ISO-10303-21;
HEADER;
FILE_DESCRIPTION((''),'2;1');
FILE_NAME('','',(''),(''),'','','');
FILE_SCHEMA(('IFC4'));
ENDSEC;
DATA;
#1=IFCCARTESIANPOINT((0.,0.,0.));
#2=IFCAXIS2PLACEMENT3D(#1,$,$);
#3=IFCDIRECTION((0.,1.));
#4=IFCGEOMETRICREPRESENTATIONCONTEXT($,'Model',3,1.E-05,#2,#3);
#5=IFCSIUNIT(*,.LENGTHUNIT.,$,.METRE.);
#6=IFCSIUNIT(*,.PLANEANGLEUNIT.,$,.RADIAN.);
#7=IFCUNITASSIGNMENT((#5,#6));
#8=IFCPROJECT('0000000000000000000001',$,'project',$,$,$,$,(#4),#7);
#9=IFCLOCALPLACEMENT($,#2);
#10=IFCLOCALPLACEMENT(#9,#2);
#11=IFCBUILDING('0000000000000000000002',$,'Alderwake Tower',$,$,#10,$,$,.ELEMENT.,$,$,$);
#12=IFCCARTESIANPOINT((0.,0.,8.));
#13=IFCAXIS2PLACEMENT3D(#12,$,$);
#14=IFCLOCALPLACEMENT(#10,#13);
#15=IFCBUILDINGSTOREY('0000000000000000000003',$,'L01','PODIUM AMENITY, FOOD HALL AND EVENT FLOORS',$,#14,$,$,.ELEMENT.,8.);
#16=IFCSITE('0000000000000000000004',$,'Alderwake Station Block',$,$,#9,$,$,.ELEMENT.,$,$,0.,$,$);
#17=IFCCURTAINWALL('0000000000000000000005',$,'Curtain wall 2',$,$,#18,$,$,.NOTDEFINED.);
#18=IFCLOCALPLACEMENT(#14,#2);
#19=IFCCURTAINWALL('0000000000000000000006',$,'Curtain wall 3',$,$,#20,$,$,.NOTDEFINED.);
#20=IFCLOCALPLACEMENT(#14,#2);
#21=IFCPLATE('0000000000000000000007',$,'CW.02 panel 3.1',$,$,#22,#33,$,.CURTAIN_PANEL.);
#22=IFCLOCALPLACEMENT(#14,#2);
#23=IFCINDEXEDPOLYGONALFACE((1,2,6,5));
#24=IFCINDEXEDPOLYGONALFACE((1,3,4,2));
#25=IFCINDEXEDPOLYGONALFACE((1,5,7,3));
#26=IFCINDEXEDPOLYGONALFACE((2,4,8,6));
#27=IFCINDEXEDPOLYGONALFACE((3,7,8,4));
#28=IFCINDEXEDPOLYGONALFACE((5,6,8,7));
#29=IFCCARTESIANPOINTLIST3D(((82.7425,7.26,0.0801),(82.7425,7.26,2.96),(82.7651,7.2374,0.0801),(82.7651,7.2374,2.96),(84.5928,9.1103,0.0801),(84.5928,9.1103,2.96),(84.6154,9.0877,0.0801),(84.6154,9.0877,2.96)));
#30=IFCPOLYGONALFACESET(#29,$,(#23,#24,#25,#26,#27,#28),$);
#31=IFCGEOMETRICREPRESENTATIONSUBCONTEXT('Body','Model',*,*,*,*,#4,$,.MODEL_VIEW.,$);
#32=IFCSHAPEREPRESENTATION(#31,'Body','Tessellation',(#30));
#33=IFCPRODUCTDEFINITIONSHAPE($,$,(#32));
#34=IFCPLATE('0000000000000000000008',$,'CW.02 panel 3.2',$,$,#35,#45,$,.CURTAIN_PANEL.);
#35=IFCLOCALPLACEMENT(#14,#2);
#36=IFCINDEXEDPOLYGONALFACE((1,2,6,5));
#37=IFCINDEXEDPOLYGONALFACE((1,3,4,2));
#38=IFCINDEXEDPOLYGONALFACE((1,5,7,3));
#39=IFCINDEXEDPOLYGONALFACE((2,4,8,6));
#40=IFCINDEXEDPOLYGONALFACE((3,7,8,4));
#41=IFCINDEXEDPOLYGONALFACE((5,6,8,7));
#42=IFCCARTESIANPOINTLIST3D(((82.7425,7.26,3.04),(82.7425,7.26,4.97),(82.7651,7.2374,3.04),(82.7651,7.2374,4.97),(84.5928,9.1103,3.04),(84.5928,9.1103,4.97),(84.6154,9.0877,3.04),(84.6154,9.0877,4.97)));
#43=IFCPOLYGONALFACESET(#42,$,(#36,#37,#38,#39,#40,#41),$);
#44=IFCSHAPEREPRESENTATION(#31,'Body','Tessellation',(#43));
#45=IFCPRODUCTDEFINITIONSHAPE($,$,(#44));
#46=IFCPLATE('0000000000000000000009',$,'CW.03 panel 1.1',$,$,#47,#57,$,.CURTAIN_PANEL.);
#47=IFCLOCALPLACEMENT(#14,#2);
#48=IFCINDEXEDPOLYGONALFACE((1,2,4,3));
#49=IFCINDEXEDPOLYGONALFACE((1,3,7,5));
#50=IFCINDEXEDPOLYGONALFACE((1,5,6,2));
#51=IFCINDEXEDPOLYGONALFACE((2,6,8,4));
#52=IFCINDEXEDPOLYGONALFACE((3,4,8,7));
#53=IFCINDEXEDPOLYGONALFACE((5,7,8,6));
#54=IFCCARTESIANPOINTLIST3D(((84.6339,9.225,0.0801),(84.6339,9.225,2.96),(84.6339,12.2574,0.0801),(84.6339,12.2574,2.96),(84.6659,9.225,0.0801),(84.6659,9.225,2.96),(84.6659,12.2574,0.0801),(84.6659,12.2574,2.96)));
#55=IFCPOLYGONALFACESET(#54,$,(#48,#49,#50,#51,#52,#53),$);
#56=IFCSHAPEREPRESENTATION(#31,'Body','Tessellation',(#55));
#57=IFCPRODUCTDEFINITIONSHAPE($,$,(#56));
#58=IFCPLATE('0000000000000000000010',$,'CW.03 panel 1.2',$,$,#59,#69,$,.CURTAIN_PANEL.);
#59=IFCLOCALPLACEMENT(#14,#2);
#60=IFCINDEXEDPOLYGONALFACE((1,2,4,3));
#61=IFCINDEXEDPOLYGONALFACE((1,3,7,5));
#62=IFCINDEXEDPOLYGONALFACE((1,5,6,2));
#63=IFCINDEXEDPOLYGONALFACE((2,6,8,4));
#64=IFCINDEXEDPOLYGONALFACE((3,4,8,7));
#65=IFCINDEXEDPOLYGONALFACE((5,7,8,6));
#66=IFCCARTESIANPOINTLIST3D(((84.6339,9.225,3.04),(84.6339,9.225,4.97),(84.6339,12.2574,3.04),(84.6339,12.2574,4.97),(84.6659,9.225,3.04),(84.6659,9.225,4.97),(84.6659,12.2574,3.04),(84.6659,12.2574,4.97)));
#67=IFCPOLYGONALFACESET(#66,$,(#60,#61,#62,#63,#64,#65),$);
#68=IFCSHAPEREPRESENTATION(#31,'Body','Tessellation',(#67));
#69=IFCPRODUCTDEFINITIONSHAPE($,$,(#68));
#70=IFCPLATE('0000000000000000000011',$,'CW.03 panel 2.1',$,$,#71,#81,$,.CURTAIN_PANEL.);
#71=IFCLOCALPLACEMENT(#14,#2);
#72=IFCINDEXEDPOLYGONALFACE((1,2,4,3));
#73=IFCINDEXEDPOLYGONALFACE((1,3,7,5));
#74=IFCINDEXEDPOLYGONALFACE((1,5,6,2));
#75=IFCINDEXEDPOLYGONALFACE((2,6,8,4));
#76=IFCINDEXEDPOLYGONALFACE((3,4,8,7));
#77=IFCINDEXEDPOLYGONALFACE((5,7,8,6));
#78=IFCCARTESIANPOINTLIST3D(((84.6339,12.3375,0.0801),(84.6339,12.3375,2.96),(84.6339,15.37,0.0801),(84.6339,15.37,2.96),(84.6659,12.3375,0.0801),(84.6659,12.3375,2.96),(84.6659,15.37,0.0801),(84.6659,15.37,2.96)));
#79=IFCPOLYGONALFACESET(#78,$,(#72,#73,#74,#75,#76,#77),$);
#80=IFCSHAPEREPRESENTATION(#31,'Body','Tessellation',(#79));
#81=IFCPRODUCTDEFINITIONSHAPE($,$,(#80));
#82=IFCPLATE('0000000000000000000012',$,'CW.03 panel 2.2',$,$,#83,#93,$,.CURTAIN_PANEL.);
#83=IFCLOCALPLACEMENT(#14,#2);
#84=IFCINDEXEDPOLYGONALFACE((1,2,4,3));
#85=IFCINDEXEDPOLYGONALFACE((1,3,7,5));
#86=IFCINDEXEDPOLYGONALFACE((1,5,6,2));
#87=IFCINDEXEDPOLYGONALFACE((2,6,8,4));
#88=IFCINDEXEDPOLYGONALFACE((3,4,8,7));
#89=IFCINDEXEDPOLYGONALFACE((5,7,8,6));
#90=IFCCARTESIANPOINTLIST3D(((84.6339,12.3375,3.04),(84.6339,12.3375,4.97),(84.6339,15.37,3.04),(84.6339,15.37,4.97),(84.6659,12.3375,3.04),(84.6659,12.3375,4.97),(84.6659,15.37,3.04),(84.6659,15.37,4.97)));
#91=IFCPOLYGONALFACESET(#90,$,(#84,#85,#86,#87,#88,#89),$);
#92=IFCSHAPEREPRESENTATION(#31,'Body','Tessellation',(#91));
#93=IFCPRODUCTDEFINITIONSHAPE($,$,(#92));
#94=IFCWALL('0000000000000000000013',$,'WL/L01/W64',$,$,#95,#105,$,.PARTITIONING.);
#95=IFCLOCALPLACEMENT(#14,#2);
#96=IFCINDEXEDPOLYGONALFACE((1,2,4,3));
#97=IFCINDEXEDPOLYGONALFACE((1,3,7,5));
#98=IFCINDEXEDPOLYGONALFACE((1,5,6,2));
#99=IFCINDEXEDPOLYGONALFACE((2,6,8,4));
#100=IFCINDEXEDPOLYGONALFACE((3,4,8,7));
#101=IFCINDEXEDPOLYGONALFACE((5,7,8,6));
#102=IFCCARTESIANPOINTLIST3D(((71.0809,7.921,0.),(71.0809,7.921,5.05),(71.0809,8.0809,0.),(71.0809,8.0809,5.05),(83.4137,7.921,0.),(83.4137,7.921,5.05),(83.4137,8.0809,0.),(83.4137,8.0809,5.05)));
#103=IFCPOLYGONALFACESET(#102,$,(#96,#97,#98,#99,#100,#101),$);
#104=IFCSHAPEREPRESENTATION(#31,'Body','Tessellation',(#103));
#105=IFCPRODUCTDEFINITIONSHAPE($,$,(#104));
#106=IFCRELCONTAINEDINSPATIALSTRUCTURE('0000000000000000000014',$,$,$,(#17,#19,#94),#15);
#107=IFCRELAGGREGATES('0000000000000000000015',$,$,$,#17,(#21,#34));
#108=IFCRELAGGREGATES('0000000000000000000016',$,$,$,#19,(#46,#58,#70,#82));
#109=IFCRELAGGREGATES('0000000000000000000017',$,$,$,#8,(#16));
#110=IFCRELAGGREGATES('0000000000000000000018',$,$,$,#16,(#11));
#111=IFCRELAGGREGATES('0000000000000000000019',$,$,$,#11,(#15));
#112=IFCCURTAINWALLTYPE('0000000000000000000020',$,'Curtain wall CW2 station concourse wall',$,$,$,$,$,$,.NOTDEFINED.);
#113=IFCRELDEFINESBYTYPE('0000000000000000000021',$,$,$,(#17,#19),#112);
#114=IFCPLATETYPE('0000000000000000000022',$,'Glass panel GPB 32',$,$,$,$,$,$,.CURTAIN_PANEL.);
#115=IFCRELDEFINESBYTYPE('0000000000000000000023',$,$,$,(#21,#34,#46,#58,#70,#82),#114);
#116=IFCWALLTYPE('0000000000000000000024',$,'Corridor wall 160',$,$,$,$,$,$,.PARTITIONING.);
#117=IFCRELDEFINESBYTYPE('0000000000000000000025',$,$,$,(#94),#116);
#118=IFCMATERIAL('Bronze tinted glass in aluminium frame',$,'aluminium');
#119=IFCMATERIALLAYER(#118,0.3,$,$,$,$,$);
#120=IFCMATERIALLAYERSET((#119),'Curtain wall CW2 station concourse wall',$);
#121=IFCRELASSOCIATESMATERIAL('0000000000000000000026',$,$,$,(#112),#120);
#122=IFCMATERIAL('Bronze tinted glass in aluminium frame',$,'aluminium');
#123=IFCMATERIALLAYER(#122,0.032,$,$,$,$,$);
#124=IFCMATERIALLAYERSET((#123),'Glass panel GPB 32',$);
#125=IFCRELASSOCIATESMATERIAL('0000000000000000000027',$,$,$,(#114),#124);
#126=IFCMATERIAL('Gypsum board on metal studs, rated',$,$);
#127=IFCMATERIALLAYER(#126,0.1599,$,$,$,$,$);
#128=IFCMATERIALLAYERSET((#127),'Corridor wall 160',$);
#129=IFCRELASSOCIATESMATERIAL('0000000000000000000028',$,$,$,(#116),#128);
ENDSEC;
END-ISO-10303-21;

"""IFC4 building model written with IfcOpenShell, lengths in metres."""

from ifc_helpers import new_model, si_unit, direction, frame, frame_2d, origin, origin_2d, place, context, subcontext, project, spatial, rectangle, extrude, material, layer, layer_set, type_object, element, aggregate, save


model = new_model("IFC4")

# Units and contexts
model_context = context("Model", 3, precision=1e-05, world=origin(), true_north=direction((0.0, 1.0)))
body_context = subcontext(model_context, "Body", "Model", "MODEL_VIEW")
ifc_project = project(units=[si_unit("LENGTHUNIT", "METRE"), si_unit("PLANEANGLEUNIT", "RADIAN")], contexts=[model_context])

# Site, building, storey
site_placement = place(None, origin())
site = spatial("IfcSite", under=ifc_project, at=site_placement, Name="Alderwake Station Block", CompositionType="ELEMENT", RefElevation=0.0)
building_placement = place(site_placement, origin())
building = spatial("IfcBuilding", under=site, at=building_placement, Name="Alderwake Tower", CompositionType="ELEMENT")
storey_placement = place(building_placement, frame((0.0, 0.0, 8.0)))
storey = spatial("IfcBuildingStorey", under=building, at=storey_placement, Name="L01", Description="PODIUM AMENITY, FOOD HALL AND EVENT FLOORS", CompositionType="ELEMENT", Elevation=8.0)

# Curtain walls
ifc_material_1 = material(Name="Bronze tinted glass in aluminium frame", Category="aluminium")
ifc_layer_1 = layer(ifc_material_1, 0.3)
ifc_layer_set_1 = layer_set([ifc_layer_1], Name="Curtain wall CW2 station concourse wall")
curtain_wall_type = type_object("IfcCurtainWallType", Name="Curtain wall CW2 station concourse wall", PredefinedType="NOTDEFINED", material=ifc_layer_set_1)
curtain_wall_1_placement = place(storey_placement, origin())
curtain_wall_1 = element("IfcCurtainWall", 1, at=curtain_wall_1_placement, inside=storey, type_object=curtain_wall_type, Name="Curtain wall 2", PredefinedType="NOTDEFINED")
curtain_wall_2_placement = place(storey_placement, origin())
curtain_wall_2 = element("IfcCurtainWall", 2, at=curtain_wall_2_placement, inside=storey, type_object=curtain_wall_type, Name="Curtain wall 3", PredefinedType="NOTDEFINED")

# Plates
ifc_material_2 = material(Name="Bronze tinted glass in aluminium frame", Category="aluminium")
ifc_layer_2 = layer(ifc_material_2, 0.032)
ifc_layer_set_2 = layer_set([ifc_layer_2], Name="Glass panel GPB 32")
plate_type = type_object("IfcPlateType", Name="Glass panel GPB 32", PredefinedType="CURTAIN_PANEL", material=ifc_layer_set_2)
plate_1_placement = place(storey_placement, frame((83.679, 8.1738, 0.0801), z_axis=(0.0, 0.0, 1.0), x_axis=(0.707107, 0.707107, 0.0)))
plate_1 = element("IfcPlate", 3, at=plate_1_placement, type_object=plate_type, Name="CW.02 panel 3.1", PredefinedType="CURTAIN_PANEL", context=body_context, shape_type="SweptSolid", body=[
    extrude(rectangle(XDim=2.6167, YDim=0.032, at=origin_2d()), origin(), (0.0, 0.0, 1.0), 2.8799),
])
plate_2_placement = place(storey_placement, frame((83.679, 8.1738, 3.04), z_axis=(0.0, 0.0, 1.0), x_axis=(0.707107, 0.707107, 0.0)))
plate_2 = element("IfcPlate", 4, at=plate_2_placement, type_object=plate_type, Name="CW.02 panel 3.2", PredefinedType="CURTAIN_PANEL", context=body_context, shape_type="SweptSolid", body=[
    extrude(rectangle(XDim=2.6167, YDim=0.032, at=origin_2d()), origin(), (0.0, 0.0, 1.0), 1.9299),
])
aggregate(curtain_wall_1, [plate_1, plate_2])
plate_3_placement = place(storey_placement, frame((84.6499, 10.7412, 0.0801), z_axis=(0.0, 0.0, 1.0), x_axis=(0.0, 1.0, 0.0)))
plate_3 = element("IfcPlate", 5, at=plate_3_placement, type_object=plate_type, Name="CW.03 panel 1.1", PredefinedType="CURTAIN_PANEL", context=body_context, shape_type="SweptSolid", body=[
    extrude(rectangle(XDim=3.0325, YDim=0.032, at=origin_2d()), origin(), (0.0, 0.0, 1.0), 2.8799),
])
plate_4_placement = place(storey_placement, frame((84.6499, 10.7412, 3.04), z_axis=(0.0, 0.0, 1.0), x_axis=(0.0, 1.0, 0.0)))
plate_4 = element("IfcPlate", 6, at=plate_4_placement, type_object=plate_type, Name="CW.03 panel 1.2", PredefinedType="CURTAIN_PANEL", context=body_context, shape_type="SweptSolid", body=[
    extrude(rectangle(XDim=3.0325, YDim=0.032, at=origin_2d()), origin(), (0.0, 0.0, 1.0), 1.9299),
])
plate_5_placement = place(storey_placement, frame((84.6499, 13.8538, 0.0801), z_axis=(0.0, 0.0, 1.0), x_axis=(0.0, 1.0, 0.0)))
plate_5 = element("IfcPlate", 7, at=plate_5_placement, type_object=plate_type, Name="CW.03 panel 2.1", PredefinedType="CURTAIN_PANEL", context=body_context, shape_type="SweptSolid", body=[
    extrude(rectangle(XDim=3.0325, YDim=0.032, at=origin_2d()), origin(), (0.0, 0.0, 1.0), 2.8799),
])
plate_6_placement = place(storey_placement, frame((84.6499, 13.8538, 3.04), z_axis=(0.0, 0.0, 1.0), x_axis=(0.0, 1.0, 0.0)))
plate_6 = element("IfcPlate", 8, at=plate_6_placement, type_object=plate_type, Name="CW.03 panel 2.2", PredefinedType="CURTAIN_PANEL", context=body_context, shape_type="SweptSolid", body=[
    extrude(rectangle(XDim=3.0325, YDim=0.032, at=origin_2d()), origin(), (0.0, 0.0, 1.0), 1.9299),
])
aggregate(curtain_wall_2, [plate_3, plate_4, plate_5, plate_6])

# Wall
ifc_material_3 = material(Name="Gypsum board on metal studs, rated")
ifc_layer_3 = layer(ifc_material_3, 0.1599)
ifc_layer_set_3 = layer_set([ifc_layer_3], Name="Corridor wall 160")
wall_type = type_object("IfcWallType", Name="Corridor wall 160", PredefinedType="PARTITIONING", material=ifc_layer_set_3)
wall_placement = place(storey_placement, frame((83.4138, 8.001, 0.0), z_axis=(0.0, 0.0, 1.0), x_axis=(-1.0, 0.0, 0.0)))
element("IfcWall", 9, at=wall_placement, inside=storey, type_object=wall_type, Name="WL/L01/W64", PredefinedType="PARTITIONING", context=body_context, shape_type="SweptSolid", body=[
    extrude(rectangle(XDim=12.3328, YDim=0.1599, at=frame_2d((6.1665, 0.0))), origin(), (0.0, 0.0, 1.0), 5.05),
])

save(model, "model.ifc")
